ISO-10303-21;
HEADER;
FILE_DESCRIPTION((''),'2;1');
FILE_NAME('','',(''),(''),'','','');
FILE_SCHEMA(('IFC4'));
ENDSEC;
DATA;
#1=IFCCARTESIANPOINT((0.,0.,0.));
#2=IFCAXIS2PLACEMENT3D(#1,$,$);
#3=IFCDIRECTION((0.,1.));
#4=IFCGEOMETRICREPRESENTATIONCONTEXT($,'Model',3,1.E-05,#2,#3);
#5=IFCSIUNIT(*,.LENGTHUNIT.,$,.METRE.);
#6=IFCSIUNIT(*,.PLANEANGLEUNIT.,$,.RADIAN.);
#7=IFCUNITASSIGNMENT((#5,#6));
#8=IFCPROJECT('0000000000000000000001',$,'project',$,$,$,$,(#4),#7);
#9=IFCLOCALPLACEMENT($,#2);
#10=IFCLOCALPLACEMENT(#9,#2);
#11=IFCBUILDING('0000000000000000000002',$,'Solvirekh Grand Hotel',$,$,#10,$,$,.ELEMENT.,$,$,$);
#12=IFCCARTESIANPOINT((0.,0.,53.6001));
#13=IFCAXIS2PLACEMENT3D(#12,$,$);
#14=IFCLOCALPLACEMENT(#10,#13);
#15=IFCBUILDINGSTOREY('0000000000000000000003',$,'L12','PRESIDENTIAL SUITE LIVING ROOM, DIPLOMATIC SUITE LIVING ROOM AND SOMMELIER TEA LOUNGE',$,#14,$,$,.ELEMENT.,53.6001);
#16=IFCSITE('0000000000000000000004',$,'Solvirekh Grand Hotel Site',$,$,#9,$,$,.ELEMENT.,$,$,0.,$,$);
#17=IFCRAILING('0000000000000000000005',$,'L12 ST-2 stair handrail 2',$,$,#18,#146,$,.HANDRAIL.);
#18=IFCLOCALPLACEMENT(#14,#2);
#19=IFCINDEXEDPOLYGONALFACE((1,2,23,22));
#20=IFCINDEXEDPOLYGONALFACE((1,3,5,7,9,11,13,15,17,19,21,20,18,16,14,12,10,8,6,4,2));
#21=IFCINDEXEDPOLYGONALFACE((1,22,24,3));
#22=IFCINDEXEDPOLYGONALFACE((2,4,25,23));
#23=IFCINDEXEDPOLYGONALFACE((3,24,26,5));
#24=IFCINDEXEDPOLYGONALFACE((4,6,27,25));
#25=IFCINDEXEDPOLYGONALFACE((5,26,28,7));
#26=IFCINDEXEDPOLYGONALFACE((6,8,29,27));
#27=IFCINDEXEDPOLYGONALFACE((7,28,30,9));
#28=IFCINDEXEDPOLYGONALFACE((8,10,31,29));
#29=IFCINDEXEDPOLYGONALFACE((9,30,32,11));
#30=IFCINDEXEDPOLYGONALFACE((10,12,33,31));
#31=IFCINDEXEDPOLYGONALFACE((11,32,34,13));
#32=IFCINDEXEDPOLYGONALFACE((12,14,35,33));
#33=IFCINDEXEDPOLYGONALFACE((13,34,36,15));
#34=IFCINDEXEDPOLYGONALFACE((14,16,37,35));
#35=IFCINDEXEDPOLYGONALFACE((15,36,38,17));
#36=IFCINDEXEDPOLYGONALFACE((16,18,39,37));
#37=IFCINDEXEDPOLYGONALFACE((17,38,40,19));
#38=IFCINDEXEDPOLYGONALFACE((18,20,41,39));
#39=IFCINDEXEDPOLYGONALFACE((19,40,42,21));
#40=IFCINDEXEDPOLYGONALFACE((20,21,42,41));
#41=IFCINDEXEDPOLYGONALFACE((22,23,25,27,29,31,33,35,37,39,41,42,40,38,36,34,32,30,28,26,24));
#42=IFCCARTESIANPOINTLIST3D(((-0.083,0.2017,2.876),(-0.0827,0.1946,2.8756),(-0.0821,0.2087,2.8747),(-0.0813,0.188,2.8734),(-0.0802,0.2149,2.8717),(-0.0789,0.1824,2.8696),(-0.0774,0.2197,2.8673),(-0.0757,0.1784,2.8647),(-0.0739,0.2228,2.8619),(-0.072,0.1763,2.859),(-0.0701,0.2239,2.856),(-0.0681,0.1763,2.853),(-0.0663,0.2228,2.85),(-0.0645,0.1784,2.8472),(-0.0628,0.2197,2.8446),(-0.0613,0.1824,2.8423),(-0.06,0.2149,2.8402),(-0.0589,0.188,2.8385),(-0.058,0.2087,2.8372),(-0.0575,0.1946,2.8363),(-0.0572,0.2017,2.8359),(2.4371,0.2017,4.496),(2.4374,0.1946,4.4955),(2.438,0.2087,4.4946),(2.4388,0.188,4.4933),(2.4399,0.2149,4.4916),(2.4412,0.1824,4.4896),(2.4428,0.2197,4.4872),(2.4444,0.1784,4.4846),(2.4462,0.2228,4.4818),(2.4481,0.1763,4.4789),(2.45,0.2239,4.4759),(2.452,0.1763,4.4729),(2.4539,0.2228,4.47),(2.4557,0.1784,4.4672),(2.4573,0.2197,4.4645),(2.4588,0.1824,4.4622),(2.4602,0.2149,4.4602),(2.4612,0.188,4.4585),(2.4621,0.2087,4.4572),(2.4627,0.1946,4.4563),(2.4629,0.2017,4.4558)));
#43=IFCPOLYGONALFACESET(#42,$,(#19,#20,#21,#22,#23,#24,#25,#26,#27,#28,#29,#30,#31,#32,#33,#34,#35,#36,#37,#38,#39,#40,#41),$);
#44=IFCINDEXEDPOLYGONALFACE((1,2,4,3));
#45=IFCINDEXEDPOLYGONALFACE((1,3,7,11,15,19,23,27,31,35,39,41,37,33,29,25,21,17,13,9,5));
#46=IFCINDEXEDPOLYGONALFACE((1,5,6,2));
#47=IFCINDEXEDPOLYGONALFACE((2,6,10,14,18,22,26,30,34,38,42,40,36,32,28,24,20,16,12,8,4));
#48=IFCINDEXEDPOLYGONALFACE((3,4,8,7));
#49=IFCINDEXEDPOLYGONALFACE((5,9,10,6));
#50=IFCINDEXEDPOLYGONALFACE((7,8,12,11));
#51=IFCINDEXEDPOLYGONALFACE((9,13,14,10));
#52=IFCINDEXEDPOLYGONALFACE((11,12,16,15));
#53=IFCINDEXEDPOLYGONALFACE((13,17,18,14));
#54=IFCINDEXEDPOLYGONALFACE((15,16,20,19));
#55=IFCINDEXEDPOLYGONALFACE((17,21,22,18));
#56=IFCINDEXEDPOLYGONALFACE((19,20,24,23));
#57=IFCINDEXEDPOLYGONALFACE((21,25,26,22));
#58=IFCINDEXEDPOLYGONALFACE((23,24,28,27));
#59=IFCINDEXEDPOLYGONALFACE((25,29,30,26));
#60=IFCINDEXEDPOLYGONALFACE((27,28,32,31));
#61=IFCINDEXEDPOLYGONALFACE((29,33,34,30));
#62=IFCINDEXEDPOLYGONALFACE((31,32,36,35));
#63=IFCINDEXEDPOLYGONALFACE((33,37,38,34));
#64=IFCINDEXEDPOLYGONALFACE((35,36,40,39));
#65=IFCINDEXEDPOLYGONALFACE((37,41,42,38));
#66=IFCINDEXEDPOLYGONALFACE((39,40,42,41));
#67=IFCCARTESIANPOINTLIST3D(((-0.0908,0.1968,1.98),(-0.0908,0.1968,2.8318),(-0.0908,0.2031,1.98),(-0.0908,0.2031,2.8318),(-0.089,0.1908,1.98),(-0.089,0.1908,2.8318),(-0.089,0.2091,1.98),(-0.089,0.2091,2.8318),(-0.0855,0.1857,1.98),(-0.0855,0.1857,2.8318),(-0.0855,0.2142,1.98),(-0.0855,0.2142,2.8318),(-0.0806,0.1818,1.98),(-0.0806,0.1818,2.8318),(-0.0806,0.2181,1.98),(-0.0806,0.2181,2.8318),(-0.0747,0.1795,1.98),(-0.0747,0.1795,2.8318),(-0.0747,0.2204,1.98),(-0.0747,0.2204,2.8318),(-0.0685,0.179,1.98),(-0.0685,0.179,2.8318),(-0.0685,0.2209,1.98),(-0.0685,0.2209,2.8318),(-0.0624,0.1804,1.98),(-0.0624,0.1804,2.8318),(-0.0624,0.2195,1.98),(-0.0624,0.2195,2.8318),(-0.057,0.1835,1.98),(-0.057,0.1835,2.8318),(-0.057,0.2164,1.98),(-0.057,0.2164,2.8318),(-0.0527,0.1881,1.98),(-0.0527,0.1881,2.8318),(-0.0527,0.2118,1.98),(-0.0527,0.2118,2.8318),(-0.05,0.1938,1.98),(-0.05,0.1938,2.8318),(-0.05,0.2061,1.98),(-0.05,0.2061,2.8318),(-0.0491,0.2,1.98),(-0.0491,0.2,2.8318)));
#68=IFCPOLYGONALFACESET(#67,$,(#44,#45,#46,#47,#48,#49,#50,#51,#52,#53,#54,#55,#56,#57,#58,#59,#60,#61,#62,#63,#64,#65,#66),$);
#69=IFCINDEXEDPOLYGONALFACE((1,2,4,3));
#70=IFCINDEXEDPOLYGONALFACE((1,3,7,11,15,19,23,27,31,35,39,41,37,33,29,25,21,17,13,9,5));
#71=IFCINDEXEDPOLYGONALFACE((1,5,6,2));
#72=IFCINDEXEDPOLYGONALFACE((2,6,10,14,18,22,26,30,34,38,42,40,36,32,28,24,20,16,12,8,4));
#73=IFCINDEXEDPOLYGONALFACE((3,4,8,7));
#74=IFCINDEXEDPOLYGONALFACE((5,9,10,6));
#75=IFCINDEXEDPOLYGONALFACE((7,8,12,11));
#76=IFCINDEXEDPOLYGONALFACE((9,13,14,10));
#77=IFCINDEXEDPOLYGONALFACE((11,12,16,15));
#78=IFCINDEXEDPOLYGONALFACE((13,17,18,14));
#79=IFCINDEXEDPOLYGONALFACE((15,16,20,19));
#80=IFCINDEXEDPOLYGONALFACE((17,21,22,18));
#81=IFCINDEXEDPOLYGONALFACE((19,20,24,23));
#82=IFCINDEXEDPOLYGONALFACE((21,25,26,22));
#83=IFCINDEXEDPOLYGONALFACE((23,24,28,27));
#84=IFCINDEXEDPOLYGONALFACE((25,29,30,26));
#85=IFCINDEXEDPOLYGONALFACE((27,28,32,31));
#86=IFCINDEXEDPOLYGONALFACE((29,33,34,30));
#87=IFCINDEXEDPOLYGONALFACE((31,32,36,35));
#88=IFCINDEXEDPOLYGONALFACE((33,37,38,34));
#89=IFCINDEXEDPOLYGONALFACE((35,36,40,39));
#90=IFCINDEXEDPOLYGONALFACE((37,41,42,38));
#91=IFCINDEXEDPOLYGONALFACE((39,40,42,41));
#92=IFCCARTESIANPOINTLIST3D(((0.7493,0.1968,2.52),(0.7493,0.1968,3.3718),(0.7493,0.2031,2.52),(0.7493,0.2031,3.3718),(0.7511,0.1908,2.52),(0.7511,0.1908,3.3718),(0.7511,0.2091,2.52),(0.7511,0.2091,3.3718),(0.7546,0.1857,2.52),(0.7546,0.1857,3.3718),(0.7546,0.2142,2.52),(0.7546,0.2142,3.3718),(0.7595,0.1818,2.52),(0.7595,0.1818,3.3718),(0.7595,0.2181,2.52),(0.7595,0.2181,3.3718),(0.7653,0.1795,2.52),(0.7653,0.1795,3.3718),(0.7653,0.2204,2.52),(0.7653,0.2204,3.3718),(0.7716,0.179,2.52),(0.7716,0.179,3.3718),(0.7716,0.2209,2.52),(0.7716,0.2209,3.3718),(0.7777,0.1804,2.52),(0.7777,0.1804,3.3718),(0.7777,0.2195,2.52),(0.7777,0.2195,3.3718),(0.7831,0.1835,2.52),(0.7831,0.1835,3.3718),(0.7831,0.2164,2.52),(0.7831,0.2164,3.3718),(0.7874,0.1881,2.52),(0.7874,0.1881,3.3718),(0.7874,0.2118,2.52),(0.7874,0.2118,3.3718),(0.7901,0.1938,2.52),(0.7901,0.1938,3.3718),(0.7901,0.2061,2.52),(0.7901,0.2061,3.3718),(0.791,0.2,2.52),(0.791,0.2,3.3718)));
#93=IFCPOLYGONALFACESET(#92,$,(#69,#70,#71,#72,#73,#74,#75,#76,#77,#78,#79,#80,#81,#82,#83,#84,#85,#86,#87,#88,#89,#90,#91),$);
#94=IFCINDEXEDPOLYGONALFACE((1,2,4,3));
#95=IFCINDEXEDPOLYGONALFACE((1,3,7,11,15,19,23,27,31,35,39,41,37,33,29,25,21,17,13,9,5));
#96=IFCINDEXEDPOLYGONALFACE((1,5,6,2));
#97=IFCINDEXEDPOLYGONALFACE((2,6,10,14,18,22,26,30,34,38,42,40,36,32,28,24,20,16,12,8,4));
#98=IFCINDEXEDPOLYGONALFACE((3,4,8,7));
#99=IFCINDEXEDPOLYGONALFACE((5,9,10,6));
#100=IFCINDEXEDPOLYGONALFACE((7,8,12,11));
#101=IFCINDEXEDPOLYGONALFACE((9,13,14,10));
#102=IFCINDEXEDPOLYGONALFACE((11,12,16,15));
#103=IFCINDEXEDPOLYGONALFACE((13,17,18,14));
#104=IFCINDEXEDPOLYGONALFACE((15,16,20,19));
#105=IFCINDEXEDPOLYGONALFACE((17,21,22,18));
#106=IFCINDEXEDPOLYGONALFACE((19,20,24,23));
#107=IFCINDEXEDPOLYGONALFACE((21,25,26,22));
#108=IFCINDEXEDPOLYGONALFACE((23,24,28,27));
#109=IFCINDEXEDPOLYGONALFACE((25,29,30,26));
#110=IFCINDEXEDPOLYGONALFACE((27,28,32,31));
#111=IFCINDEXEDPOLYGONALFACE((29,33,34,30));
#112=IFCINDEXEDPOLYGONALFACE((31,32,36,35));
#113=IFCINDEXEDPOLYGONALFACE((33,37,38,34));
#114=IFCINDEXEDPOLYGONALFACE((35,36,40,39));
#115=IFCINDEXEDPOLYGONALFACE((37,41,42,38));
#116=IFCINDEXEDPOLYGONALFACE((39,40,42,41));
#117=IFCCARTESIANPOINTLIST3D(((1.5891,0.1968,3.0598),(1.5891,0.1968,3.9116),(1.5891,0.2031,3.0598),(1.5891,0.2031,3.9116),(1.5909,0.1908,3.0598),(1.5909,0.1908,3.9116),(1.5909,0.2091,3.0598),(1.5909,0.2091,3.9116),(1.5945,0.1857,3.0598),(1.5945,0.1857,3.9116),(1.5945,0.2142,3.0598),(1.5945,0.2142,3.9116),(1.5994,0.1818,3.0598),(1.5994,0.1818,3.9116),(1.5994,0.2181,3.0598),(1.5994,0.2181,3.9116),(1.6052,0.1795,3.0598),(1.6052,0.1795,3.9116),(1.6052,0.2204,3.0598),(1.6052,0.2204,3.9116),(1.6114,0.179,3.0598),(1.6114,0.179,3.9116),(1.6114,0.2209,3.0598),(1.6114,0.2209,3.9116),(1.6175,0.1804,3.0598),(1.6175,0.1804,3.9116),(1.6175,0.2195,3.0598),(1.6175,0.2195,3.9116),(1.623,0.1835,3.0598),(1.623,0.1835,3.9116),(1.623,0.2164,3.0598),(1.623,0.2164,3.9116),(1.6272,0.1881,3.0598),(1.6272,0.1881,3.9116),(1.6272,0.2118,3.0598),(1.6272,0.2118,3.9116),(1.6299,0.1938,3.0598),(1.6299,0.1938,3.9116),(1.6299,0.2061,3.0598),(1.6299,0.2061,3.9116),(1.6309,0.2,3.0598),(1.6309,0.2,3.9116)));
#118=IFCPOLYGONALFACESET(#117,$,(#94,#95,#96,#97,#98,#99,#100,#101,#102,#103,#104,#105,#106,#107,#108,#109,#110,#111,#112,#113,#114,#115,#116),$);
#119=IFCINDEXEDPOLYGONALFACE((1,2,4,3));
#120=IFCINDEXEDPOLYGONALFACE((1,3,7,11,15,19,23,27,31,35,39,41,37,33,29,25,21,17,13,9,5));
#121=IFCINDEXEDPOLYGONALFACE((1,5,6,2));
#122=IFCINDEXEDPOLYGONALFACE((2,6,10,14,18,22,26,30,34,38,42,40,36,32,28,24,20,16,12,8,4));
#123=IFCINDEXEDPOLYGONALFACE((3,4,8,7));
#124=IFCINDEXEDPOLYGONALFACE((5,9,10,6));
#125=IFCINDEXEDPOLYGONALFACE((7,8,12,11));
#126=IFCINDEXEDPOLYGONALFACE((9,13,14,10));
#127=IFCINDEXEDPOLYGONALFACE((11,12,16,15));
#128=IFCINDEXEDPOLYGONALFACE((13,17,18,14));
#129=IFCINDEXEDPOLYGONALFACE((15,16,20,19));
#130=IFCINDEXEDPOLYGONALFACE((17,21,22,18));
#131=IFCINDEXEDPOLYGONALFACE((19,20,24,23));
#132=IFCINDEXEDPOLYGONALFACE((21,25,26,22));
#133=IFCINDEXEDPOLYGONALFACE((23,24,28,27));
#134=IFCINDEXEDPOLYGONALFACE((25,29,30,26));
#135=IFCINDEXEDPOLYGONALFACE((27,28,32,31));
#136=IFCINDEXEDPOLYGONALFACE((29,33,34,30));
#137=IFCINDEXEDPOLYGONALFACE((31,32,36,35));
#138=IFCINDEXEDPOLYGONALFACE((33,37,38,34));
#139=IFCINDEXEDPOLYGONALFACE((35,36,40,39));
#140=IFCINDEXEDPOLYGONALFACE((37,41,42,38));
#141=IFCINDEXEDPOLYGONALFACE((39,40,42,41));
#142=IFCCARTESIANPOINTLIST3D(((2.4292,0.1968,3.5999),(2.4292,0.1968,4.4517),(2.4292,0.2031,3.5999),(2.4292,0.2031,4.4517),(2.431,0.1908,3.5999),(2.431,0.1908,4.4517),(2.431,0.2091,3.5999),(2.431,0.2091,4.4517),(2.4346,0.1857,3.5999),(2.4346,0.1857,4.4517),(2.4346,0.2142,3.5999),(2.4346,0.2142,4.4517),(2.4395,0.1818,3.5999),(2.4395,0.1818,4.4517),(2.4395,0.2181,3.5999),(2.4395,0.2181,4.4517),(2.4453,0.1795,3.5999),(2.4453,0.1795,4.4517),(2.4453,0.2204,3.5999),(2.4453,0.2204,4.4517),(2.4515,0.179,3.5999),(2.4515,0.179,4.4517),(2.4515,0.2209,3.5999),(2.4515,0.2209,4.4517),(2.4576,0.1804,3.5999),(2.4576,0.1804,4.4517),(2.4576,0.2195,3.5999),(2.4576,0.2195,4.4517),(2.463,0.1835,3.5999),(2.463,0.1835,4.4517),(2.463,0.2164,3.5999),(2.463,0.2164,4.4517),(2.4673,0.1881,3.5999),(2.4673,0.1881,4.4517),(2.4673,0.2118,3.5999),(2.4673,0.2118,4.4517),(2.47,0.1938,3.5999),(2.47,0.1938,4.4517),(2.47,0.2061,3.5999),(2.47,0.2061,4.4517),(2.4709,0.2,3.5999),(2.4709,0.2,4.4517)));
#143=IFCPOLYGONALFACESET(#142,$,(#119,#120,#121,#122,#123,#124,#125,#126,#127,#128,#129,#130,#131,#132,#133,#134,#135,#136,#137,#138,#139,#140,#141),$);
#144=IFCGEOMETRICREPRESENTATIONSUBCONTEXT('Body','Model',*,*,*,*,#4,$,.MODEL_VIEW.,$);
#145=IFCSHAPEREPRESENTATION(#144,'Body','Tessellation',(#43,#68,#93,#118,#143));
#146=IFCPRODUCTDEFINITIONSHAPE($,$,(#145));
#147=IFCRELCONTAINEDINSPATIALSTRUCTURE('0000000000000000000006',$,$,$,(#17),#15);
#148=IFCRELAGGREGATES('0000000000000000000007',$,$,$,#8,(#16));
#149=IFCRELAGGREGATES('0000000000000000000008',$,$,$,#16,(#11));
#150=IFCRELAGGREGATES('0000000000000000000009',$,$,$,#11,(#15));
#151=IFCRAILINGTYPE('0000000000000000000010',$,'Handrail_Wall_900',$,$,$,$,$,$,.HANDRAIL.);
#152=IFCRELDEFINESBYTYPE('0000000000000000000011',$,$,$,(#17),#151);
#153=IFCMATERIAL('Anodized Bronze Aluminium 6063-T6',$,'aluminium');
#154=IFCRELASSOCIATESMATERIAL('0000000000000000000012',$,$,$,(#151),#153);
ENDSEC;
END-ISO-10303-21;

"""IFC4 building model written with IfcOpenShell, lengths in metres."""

from ifc_helpers import new_model, si_unit, direction, frame, origin, origin_2d, place, context, subcontext, project, spatial, circle, extrude, material, type_object, element, save


model = new_model("IFC4")

# Units and contexts
model_context = context("Model", 3, precision=1e-05, world=origin(), true_north=direction((0.0, 1.0)))
body_context = subcontext(model_context, "Body", "Model", "MODEL_VIEW")
ifc_project = project(units=[si_unit("LENGTHUNIT", "METRE"), si_unit("PLANEANGLEUNIT", "RADIAN")], contexts=[model_context])

# Site, building, storey
site_placement = place(None, origin())
site = spatial("IfcSite", under=ifc_project, at=site_placement, Name="Solvirekh Grand Hotel Site", CompositionType="ELEMENT", RefElevation=0.0)
building_placement = place(site_placement, origin())
building = spatial("IfcBuilding", under=site, at=building_placement, Name="Solvirekh Grand Hotel", CompositionType="ELEMENT")
storey_placement = place(building_placement, frame((0.0, 0.0, 53.6001)))
storey = spatial("IfcBuildingStorey", under=building, at=storey_placement, Name="L12", Description="PRESIDENTIAL SUITE LIVING ROOM, DIPLOMATIC SUITE LIVING ROOM AND SOMMELIER TEA LOUNGE", CompositionType="ELEMENT", Elevation=53.6001)

# Shared definitions
ifc_material_1 = material(Name="Anodized Bronze Aluminium 6063-T6", Category="aluminium")

# Railing
railing_type_1 = type_object("IfcRailingType", Name="Handrail_Wall_900", PredefinedType="HANDRAIL", material=ifc_material_1)
railing_1_placement = place(storey_placement, frame((-0.0701, 0.2, 1.98)))
element("IfcRailing", 1, at=railing_1_placement, inside=storey, type_object=railing_type_1, Name="L12 ST-2 stair handrail 2", PredefinedType="HANDRAIL", context=body_context, shape_type="SweptSolid", body=[
    extrude(circle(Radius=0.0239, at=origin_2d()), frame((0.0, 0.0, 0.876), z_axis=(0.8412, 0.0, 0.540725), x_axis=(0.0, 1.0, 0.0)), (0.0, 0.0, 1.0), 2.9958),
    extrude(circle(Radius=0.021, at=origin_2d()), origin(), (0.0, 0.0, 1.0), 0.8518),
    extrude(circle(Radius=0.021, at=origin_2d()), frame((0.8401, 0.0, 0.54)), (0.0, 0.0, 1.0), 0.8518),
    extrude(circle(Radius=0.021, at=origin_2d()), frame((1.6799, 0.0, 1.0798)), (0.0, 0.0, 1.0), 0.8518),
    extrude(circle(Radius=0.021, at=origin_2d()), frame((2.52, 0.0, 1.6199)), (0.0, 0.0, 1.0), 0.8518),
])

save(model, "model.ifc")
